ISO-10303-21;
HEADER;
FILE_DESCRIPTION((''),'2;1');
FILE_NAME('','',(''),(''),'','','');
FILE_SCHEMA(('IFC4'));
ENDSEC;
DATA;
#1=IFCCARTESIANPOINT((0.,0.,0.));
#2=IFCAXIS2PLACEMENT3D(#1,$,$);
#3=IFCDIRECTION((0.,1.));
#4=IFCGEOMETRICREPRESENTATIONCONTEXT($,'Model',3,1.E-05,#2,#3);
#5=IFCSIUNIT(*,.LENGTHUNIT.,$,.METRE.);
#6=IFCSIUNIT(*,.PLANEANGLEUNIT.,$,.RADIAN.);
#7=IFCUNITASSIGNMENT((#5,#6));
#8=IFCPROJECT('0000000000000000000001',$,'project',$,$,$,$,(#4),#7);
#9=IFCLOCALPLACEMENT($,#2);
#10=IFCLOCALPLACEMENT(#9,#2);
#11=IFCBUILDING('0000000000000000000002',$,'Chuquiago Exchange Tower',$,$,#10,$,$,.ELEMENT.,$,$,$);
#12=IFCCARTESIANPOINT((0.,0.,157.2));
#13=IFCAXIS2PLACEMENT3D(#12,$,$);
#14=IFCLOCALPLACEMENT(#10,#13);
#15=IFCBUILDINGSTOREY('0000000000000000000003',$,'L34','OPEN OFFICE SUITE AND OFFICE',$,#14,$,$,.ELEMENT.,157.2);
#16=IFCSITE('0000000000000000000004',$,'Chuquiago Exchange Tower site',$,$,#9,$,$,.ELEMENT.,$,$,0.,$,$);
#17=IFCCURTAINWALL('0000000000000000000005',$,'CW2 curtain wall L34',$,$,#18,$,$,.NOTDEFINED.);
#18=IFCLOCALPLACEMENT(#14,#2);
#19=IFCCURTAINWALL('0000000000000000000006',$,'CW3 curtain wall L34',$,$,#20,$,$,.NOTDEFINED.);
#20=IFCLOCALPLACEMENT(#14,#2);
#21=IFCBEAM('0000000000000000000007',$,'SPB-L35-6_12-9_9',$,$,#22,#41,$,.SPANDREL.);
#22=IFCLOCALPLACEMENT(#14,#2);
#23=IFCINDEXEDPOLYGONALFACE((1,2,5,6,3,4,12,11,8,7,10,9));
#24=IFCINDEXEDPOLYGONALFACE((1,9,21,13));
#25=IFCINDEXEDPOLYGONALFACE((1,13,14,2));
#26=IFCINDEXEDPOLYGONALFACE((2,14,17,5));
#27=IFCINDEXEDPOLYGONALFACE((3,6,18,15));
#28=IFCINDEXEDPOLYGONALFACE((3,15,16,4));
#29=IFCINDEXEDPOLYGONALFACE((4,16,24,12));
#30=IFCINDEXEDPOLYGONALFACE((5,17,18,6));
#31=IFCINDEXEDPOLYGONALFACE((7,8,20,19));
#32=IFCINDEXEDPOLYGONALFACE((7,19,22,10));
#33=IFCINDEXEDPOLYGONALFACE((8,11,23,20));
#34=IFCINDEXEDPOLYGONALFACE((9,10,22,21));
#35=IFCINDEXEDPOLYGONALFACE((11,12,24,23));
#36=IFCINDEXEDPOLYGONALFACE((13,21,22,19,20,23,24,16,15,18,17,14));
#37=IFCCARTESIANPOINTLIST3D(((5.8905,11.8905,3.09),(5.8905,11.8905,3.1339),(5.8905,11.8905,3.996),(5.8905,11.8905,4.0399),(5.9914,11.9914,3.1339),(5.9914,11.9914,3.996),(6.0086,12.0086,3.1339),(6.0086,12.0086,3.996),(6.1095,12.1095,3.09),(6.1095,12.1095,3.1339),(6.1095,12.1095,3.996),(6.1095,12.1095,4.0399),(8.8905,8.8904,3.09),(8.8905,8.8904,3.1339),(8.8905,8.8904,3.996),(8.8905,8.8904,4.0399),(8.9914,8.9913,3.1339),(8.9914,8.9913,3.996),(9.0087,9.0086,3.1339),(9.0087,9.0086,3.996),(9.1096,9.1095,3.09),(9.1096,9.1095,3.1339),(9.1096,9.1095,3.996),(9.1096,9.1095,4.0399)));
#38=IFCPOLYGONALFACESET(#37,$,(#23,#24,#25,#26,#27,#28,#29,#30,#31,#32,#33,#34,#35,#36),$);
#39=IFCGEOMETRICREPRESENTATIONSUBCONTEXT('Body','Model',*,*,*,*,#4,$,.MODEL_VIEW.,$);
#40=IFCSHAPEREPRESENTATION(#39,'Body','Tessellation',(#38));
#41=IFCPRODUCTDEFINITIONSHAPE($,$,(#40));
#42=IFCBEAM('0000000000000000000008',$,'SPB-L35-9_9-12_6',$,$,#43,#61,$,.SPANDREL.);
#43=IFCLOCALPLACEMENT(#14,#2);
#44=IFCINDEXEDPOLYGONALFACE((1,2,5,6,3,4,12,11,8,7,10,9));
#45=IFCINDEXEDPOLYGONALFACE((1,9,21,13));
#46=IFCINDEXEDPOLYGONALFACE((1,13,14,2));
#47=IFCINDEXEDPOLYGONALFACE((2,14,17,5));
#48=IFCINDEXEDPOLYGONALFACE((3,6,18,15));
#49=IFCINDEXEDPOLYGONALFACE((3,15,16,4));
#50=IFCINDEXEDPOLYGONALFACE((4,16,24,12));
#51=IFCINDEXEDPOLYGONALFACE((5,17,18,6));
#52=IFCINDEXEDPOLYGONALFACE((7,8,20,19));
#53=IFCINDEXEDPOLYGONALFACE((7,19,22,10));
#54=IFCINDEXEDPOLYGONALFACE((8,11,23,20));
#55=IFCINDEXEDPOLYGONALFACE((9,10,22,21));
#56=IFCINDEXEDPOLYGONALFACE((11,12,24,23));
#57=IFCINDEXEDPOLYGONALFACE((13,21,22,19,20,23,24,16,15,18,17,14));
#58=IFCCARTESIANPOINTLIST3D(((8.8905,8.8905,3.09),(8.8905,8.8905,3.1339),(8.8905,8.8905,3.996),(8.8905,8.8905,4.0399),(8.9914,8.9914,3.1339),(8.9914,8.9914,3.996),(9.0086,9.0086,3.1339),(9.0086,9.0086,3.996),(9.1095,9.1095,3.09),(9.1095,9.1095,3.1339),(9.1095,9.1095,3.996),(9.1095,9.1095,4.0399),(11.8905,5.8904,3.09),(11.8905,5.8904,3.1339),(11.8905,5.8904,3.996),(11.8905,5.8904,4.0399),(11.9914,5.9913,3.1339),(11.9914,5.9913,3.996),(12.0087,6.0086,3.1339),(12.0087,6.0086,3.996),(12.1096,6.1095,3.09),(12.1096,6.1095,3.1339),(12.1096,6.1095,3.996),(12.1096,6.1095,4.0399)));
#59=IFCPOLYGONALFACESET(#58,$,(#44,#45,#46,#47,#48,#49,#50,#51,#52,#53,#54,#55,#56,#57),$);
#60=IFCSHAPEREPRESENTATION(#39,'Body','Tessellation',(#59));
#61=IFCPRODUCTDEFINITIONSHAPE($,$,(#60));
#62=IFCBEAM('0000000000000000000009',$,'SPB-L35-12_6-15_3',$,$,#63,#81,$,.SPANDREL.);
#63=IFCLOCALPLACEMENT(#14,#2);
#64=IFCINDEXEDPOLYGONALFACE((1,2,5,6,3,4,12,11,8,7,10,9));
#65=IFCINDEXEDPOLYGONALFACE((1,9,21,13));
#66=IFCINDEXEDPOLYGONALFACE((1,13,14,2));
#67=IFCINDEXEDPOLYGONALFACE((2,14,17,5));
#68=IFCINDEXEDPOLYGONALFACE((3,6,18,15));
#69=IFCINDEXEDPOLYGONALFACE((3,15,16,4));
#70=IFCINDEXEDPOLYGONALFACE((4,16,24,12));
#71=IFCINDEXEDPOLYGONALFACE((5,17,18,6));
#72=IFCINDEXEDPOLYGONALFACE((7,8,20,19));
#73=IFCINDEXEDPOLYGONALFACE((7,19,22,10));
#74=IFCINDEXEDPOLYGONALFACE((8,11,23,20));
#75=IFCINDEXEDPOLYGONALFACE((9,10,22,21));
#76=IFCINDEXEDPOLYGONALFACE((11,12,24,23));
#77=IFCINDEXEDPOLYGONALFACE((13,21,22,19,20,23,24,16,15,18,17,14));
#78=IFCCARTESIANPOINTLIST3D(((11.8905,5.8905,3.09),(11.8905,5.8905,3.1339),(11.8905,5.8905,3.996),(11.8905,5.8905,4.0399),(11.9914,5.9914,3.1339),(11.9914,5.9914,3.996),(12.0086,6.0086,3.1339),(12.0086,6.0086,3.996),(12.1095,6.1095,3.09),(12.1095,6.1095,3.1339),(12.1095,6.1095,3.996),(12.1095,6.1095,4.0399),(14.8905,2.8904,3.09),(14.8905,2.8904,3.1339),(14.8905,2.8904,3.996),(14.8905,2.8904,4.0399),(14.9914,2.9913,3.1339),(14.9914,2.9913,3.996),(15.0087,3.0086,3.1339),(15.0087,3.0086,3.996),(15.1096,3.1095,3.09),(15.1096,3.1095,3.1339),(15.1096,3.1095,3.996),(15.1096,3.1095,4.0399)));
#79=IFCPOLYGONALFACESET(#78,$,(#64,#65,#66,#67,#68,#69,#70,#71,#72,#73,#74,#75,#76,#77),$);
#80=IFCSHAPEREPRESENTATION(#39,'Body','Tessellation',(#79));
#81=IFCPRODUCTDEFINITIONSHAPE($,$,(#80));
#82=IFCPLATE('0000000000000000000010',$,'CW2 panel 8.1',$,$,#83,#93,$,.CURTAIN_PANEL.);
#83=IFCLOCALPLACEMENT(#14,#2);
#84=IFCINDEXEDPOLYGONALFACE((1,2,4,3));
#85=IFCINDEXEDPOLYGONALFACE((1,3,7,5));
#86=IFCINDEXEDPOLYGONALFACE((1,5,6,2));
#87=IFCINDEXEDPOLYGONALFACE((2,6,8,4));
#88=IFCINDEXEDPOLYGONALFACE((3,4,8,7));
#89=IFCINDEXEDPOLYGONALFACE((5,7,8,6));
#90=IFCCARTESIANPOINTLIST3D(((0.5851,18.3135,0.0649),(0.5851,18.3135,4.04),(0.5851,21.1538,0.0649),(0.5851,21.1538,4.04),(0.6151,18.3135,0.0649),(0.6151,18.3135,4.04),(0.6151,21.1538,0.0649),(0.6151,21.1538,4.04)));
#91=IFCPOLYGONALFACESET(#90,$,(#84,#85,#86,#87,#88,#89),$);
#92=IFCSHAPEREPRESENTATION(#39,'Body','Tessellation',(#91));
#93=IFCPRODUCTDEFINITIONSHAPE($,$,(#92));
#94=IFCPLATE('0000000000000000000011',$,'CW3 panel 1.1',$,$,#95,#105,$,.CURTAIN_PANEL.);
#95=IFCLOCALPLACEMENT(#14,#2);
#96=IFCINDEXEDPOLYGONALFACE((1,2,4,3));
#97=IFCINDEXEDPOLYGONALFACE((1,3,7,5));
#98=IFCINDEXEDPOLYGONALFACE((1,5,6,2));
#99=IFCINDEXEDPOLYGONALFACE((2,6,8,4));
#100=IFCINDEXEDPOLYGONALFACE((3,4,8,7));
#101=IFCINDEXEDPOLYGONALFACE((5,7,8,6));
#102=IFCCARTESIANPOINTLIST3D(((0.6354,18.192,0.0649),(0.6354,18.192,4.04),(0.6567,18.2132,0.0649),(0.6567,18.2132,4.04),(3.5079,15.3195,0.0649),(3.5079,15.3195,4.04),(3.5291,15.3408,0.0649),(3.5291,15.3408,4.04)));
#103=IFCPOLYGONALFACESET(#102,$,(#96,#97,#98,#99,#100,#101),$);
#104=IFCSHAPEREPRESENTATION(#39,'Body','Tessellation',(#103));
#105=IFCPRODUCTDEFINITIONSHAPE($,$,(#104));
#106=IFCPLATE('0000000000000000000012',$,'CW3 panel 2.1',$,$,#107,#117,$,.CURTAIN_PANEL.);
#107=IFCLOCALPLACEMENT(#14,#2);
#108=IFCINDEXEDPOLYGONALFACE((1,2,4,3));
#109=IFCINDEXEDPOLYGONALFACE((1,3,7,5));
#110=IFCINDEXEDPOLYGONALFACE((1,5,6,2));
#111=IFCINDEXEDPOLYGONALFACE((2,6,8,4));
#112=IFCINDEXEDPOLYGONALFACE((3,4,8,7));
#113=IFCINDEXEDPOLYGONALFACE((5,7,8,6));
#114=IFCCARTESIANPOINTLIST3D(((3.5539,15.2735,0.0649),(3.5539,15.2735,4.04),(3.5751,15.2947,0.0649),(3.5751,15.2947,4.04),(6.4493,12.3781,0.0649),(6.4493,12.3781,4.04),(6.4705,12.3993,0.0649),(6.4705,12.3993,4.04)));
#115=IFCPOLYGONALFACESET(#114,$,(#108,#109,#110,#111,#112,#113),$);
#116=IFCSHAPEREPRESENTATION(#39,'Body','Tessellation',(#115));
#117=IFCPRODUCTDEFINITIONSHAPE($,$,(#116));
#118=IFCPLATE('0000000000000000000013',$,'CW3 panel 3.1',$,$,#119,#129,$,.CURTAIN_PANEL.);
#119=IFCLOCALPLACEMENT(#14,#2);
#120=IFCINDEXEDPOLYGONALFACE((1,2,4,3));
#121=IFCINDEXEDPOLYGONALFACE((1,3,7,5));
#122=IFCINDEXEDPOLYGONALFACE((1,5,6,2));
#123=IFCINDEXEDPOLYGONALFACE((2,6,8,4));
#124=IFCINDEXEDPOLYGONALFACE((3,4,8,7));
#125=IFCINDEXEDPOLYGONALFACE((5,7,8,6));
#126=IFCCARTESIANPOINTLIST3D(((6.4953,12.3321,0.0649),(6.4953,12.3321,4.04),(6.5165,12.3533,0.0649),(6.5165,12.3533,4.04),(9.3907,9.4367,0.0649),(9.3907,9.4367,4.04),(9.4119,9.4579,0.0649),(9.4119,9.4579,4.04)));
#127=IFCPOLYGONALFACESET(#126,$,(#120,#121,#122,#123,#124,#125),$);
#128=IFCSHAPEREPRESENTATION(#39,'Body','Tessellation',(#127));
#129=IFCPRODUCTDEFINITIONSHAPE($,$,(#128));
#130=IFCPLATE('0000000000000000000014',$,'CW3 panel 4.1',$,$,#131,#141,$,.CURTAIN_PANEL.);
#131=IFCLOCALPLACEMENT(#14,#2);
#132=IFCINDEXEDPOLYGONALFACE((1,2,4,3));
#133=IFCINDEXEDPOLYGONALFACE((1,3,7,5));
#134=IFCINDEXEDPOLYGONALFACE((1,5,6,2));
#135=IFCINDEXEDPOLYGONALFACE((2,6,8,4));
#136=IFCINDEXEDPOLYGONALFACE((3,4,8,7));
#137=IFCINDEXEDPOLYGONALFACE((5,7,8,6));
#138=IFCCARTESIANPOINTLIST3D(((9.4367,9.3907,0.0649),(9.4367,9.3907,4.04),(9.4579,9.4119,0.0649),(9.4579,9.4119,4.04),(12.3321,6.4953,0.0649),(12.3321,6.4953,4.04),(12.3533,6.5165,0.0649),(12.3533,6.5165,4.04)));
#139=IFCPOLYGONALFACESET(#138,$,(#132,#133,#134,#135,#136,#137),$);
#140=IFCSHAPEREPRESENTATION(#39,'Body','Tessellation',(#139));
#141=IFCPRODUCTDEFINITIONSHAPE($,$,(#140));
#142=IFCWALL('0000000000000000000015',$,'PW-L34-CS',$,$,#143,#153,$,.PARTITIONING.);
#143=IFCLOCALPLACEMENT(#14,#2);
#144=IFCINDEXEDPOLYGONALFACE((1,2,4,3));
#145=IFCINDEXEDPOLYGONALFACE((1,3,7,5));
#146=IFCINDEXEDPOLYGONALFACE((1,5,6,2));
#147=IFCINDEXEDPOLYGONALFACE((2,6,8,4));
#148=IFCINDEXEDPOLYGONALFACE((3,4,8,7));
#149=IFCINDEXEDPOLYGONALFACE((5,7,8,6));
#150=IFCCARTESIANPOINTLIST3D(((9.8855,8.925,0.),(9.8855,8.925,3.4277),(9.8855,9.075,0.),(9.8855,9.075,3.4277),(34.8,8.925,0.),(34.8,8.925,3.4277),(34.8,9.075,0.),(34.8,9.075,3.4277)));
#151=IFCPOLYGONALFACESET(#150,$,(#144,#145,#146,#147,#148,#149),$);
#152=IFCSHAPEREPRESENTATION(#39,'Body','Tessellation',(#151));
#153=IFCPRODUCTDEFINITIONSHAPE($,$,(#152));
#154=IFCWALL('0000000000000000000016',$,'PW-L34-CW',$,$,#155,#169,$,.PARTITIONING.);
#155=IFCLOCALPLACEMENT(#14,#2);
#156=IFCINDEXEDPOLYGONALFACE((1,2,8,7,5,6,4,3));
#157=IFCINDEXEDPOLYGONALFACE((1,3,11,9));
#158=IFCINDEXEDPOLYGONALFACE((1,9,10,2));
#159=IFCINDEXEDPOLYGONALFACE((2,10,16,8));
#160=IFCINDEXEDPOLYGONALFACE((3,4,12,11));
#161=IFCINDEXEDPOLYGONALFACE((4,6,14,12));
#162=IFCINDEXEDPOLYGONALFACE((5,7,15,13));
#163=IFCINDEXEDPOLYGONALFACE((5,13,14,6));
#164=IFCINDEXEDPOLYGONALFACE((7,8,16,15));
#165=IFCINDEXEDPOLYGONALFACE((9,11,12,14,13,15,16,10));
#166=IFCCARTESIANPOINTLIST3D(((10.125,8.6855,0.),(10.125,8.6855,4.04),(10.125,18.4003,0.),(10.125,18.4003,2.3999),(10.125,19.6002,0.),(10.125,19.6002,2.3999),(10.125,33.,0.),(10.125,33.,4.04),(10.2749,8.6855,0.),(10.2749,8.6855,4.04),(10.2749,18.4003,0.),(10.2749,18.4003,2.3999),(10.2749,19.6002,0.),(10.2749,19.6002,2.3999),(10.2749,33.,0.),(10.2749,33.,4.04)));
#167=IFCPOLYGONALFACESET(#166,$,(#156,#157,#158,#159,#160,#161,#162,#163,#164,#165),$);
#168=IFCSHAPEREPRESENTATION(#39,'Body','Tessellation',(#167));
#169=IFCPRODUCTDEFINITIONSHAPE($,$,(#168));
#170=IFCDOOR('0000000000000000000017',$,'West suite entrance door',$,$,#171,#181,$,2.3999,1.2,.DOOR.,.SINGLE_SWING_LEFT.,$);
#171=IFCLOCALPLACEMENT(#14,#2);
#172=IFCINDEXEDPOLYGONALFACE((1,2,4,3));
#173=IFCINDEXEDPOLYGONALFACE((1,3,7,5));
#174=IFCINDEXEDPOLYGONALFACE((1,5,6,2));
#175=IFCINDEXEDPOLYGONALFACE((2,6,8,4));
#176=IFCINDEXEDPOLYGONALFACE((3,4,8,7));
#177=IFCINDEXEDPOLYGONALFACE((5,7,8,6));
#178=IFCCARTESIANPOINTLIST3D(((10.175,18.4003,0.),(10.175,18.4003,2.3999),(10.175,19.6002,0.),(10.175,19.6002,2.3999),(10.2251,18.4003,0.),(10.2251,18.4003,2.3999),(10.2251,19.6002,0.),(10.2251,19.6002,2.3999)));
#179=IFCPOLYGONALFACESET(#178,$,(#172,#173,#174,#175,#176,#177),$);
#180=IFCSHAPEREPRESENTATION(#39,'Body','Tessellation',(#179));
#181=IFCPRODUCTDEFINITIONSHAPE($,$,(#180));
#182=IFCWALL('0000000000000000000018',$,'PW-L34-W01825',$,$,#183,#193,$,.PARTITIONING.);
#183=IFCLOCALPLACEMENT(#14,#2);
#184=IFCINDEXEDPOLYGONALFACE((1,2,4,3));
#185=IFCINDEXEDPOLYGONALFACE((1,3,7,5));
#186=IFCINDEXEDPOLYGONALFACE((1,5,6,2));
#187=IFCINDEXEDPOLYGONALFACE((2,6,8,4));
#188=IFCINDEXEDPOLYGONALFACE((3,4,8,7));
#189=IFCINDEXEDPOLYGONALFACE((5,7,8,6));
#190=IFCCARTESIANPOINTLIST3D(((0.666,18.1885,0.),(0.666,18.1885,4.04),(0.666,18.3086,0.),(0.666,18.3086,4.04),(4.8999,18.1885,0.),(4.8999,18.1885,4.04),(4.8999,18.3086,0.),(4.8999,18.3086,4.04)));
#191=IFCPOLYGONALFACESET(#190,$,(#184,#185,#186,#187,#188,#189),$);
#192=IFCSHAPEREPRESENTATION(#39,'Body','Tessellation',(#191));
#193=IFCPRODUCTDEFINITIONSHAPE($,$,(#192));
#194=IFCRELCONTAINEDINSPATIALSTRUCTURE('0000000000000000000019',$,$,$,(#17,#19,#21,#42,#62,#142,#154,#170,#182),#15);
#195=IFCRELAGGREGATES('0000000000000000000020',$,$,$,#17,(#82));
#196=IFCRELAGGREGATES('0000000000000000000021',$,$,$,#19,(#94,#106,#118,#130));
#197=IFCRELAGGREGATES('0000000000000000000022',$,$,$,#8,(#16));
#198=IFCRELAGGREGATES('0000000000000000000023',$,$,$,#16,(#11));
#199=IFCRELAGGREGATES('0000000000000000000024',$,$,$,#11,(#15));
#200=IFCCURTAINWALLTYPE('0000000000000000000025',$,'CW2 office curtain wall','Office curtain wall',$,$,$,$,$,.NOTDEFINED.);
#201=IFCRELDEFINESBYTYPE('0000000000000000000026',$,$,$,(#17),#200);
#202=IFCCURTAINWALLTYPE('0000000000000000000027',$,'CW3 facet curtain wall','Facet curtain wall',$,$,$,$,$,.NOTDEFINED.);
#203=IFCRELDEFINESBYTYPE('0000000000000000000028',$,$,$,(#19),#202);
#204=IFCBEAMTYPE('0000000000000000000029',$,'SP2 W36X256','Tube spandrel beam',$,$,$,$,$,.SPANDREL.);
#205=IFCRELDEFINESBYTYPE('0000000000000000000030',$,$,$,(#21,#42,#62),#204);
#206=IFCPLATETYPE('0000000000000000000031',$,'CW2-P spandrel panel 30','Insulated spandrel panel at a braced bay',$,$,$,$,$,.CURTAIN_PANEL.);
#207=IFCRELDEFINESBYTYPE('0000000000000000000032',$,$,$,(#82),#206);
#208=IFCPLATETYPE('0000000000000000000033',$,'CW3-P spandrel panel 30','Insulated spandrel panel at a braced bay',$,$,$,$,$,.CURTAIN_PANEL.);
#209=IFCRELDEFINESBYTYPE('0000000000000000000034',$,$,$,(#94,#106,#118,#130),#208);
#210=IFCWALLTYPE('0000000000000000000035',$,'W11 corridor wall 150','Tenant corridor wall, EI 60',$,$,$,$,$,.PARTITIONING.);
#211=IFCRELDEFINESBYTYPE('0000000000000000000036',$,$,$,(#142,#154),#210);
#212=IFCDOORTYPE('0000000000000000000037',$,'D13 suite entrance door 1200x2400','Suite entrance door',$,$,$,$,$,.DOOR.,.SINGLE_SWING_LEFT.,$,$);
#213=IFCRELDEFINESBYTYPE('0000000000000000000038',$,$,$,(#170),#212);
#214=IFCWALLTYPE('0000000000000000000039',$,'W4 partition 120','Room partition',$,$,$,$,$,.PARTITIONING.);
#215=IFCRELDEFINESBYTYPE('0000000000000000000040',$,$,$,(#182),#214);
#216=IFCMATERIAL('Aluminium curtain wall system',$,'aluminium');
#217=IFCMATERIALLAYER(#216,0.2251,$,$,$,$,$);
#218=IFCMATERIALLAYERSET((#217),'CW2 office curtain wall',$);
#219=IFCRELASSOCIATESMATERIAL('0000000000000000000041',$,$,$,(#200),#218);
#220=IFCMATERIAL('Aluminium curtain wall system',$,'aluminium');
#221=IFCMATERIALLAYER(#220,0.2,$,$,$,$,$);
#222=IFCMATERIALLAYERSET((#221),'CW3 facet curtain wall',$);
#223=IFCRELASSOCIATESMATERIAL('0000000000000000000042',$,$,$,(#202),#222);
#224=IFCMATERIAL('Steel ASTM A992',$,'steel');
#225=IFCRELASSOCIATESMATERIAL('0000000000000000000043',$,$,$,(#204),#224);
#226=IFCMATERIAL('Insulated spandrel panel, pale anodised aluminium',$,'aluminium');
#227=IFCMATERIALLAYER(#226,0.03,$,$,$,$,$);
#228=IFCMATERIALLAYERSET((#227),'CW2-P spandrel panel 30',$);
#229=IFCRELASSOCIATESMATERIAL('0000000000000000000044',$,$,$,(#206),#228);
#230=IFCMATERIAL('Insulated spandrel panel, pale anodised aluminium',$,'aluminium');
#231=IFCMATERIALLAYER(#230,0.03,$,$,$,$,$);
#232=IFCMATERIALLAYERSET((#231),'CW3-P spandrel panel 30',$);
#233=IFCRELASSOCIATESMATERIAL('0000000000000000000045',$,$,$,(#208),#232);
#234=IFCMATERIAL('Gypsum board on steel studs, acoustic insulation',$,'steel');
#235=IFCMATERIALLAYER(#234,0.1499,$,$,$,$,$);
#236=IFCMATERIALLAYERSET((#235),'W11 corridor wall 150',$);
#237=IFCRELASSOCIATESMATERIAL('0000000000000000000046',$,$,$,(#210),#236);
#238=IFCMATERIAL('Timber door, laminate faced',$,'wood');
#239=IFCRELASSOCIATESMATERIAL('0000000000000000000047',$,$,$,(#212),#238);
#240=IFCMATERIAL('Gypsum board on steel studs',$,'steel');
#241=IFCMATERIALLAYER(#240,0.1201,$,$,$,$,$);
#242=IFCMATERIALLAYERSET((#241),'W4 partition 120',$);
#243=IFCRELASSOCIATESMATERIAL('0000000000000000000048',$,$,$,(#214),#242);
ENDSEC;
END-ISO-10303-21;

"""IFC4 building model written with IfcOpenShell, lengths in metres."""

from ifc_helpers import new_model, si_unit, direction, frame, frame_2d, origin, origin_2d, place, context, subcontext, project, spatial, rectangle, i_section, extrude, material, layer, layer_set, material_profile, profile_set, type_object, element, fill, aggregate, save


model = new_model("IFC4")

# Units and contexts
model_context = context("Model", 3, precision=1e-05, world=origin(), true_north=direction((0.0, 1.0)))
body_context = subcontext(model_context, "Body", "Model", "MODEL_VIEW")
ifc_project = project(units=[si_unit("LENGTHUNIT", "METRE"), si_unit("PLANEANGLEUNIT", "RADIAN")], contexts=[model_context])

# Site, building, storey
site_placement = place(None, origin())
site = spatial("IfcSite", under=ifc_project, at=site_placement, Name="Chuquiago Exchange Tower site", CompositionType="ELEMENT", RefElevation=0.0)
building_placement = place(site_placement, origin())
building = spatial("IfcBuilding", under=site, at=building_placement, Name="Chuquiago Exchange Tower", CompositionType="ELEMENT")
storey_placement = place(building_placement, frame((0.0, 0.0, 157.2)))
storey = spatial("IfcBuildingStorey", under=building, at=storey_placement, Name="L34", Description="OPEN OFFICE SUITE AND OFFICE", CompositionType="ELEMENT", Elevation=157.2)

# Curtain wall
ifc_material_1 = material(Name="Aluminium curtain wall system", Category="aluminium")
ifc_layer_1 = layer(ifc_material_1, 0.2251)
ifc_layer_set_1 = layer_set([ifc_layer_1], Name="CW2 office curtain wall")
curtain_wall_type_1 = type_object("IfcCurtainWallType", Name="CW2 office curtain wall", Description="Office curtain wall", PredefinedType="NOTDEFINED", material=ifc_layer_set_1)
curtain_wall_1_placement = place(storey_placement, origin())
curtain_wall_1 = element("IfcCurtainWall", 1, at=curtain_wall_1_placement, inside=storey, type_object=curtain_wall_type_1, Name="CW2 curtain wall L34", PredefinedType="NOTDEFINED")

# Curtain wall
ifc_material_2 = material(Name="Aluminium curtain wall system", Category="aluminium")
ifc_layer_2 = layer(ifc_material_2, 0.2)
ifc_layer_set_2 = layer_set([ifc_layer_2], Name="CW3 facet curtain wall")
curtain_wall_type_2 = type_object("IfcCurtainWallType", Name="CW3 facet curtain wall", Description="Facet curtain wall", PredefinedType="NOTDEFINED", material=ifc_layer_set_2)
curtain_wall_2_placement = place(storey_placement, origin())
curtain_wall_2 = element("IfcCurtainWall", 2, at=curtain_wall_2_placement, inside=storey, type_object=curtain_wall_type_2, Name="CW3 curtain wall L34", PredefinedType="NOTDEFINED")

# Beams
ifc_material_3 = material(Name="Steel ASTM A992", Category="steel")
ifc_material_profile_1 = material_profile(ifc_material_3, i_section(OverallWidth=0.3098, OverallDepth=0.95, WebThickness=0.0244, FlangeThickness=0.0439, at=origin_2d()), Name="W36X256")
ifc_profile_set_1 = profile_set([ifc_material_profile_1], Name="Steel ASTM A992")
beam_type_1 = type_object("IfcBeamType", Name="SP2 W36X256", Description="Tube spandrel beam", PredefinedType="SPANDREL", material=ifc_profile_set_1)
for number, where, z_axis, x_axis, name in (
    (3, (6.0, 12.0, 3.5649), (0.707107, -0.707107, 0.0), (0.707107, 0.707107, 0.0), "SPB-L35-6_12-9_9"),
    (4, (9.0, 9.0, 3.5649), (0.707107, -0.707107, 0.0), (0.707107, 0.707107, 0.0), "SPB-L35-9_9-12_6"),
    (5, (12.0, 6.0, 3.5649), (0.707107, -0.707107, 0.0), (0.707107, 0.707107, 0.0), "SPB-L35-12_6-15_3"),
):
    element("IfcBeam", number, at=place(storey_placement, frame(where, z_axis=z_axis, x_axis=x_axis)), inside=storey, type_object=beam_type_1, Name=name, PredefinedType="SPANDREL", context=body_context, shape_type="SweptSolid", body=[
        extrude(i_section(OverallWidth=0.3098, OverallDepth=0.95, WebThickness=0.0244, FlangeThickness=0.0439, at=origin_2d()), origin(), (0.0, 0.0, 1.0), 4.2427),
    ])

# Plates
ifc_material_4 = material(Name="Insulated spandrel panel, pale anodised aluminium", Category="aluminium")
ifc_layer_3 = layer(ifc_material_4, 0.03)
ifc_layer_set_3 = layer_set([ifc_layer_3], Name="CW2-P spandrel panel 30")
plate_type_1 = type_object("IfcPlateType", Name="CW2-P spandrel panel 30", Description="Insulated spandrel panel at a braced bay", PredefinedType="CURTAIN_PANEL", material=ifc_layer_set_3)
plate_1_placement = place(storey_placement, frame((0.6001, 19.7336, 0.0649), z_axis=(0.0, 0.0, 1.0), x_axis=(0.0, -1.0, 0.0)))
plate_1 = element("IfcPlate", 6, at=plate_1_placement, type_object=plate_type_1, Name="CW2 panel 8.1", PredefinedType="CURTAIN_PANEL", context=body_context, shape_type="SweptSolid", body=[
    extrude(rectangle(XDim=2.8403, YDim=0.03, at=origin_2d()), origin(), (0.0, 0.0, 1.0), 3.9751),
])
aggregate(curtain_wall_1, [plate_1])
ifc_material_5 = material(Name="Insulated spandrel panel, pale anodised aluminium", Category="aluminium")
ifc_layer_4 = layer(ifc_material_5, 0.03)
ifc_layer_set_4 = layer_set([ifc_layer_4], Name="CW3-P spandrel panel 30")
plate_type_2 = type_object("IfcPlateType", Name="CW3-P spandrel panel 30", Description="Insulated spandrel panel at a braced bay", PredefinedType="CURTAIN_PANEL", material=ifc_layer_set_4)
plate_2_placement = place(storey_placement, frame((2.0823, 16.7664, 0.0649), z_axis=(0.0, 0.0, 1.0), x_axis=(0.707107, -0.707107, 0.0)))
plate_2 = element("IfcPlate", 7, at=plate_2_placement, type_object=plate_type_2, Name="CW3 panel 1.1", PredefinedType="CURTAIN_PANEL", context=body_context, shape_type="SweptSolid", body=[
    extrude(rectangle(XDim=4.0623, YDim=0.03, at=origin_2d()), origin(), (0.0, 0.0, 1.0), 3.9751),
])
plate_3_placement = place(storey_placement, frame((5.0122, 13.8364, 0.0649), z_axis=(0.0, 0.0, 1.0), x_axis=(0.707107, -0.707107, 0.0)))
plate_3 = element("IfcPlate", 8, at=plate_3_placement, type_object=plate_type_2, Name="CW3 panel 2.1", PredefinedType="CURTAIN_PANEL", context=body_context, shape_type="SweptSolid", body=[
    extrude(rectangle(XDim=4.0947, YDim=0.03, at=origin_2d()), origin(), (0.0, 0.0, 1.0), 3.9751),
])
plate_4_placement = place(storey_placement, frame((7.9536, 10.895, 0.0649), z_axis=(0.0, 0.0, 1.0), x_axis=(0.707107, -0.707107, 0.0)))
plate_4 = element("IfcPlate", 9, at=plate_4_placement, type_object=plate_type_2, Name="CW3 panel 3.1", PredefinedType="CURTAIN_PANEL", context=body_context, shape_type="SweptSolid", body=[
    extrude(rectangle(XDim=4.0947, YDim=0.03, at=origin_2d()), origin(), (0.0, 0.0, 1.0), 3.9751),
])
plate_5_placement = place(storey_placement, frame((10.895, 7.9536, 0.0649), z_axis=(0.0, 0.0, 1.0), x_axis=(0.707107, -0.707107, 0.0)))
plate_5 = element("IfcPlate", 10, at=plate_5_placement, type_object=plate_type_2, Name="CW3 panel 4.1", PredefinedType="CURTAIN_PANEL", context=body_context, shape_type="SweptSolid", body=[
    extrude(rectangle(XDim=4.0947, YDim=0.03, at=origin_2d()), origin(), (0.0, 0.0, 1.0), 3.9751),
])
aggregate(curtain_wall_2, [plate_2, plate_3, plate_4, plate_5])

# Wall
ifc_material_6 = material(Name="Gypsum board on steel studs, acoustic insulation", Category="steel")
ifc_layer_5 = layer(ifc_material_6, 0.1499)
ifc_layer_set_5 = layer_set([ifc_layer_5], Name="W11 corridor wall 150")
wall_type_1 = type_object("IfcWallType", Name="W11 corridor wall 150", Description="Tenant corridor wall, EI 60", PredefinedType="PARTITIONING", material=ifc_layer_set_5)
wall_1_placement = place(storey_placement, frame((9.8855, 9.0, 0.0), z_axis=(0.0, 0.0, 1.0), x_axis=(1.0, 0.0, 0.0)))
element("IfcWall", 11, at=wall_1_placement, inside=storey, type_object=wall_type_1, Name="PW-L34-CS", PredefinedType="PARTITIONING", context=body_context, shape_type="SweptSolid", body=[
    extrude(rectangle(XDim=24.9146, YDim=0.1499, at=frame_2d((12.4573, 0.0))), origin(), (0.0, 0.0, 1.0), 3.4277),
])

# Wall, opening, door
wall_2_placement = place(storey_placement, frame((10.2, 8.6855, 0.0), z_axis=(0.0, 0.0, 1.0), x_axis=(0.0, 1.0, 0.0)))
wall_2 = element("IfcWall", 12, at=wall_2_placement, inside=storey, type_object=wall_type_1, Name="PW-L34-CW", PredefinedType="PARTITIONING", context=body_context, shape_type="SweptSolid", body=[
    extrude(rectangle(XDim=24.3145, YDim=0.1499, at=frame_2d((12.1572, 0.0))), origin(), (0.0, 0.0, 1.0), 4.04),
])
opening_1_placement = place(wall_2_placement, frame((9.7146, 0.0, 0.0)))
opening_1 = element("IfcOpeningElement", 13, at=opening_1_placement, cuts=wall_2, PredefinedType="OPENING", context=body_context, shape_type="SweptSolid", body=[
    extrude(rectangle(XDim=1.2, YDim=2.3999, at=frame_2d((0.6001, 1.2))), frame((0.0, 0.085, 0.0), z_axis=(0.0, -1.0, 0.0), x_axis=(1.0, 0.0, 0.0)), (0.0, 0.0, 1.0), 0.1699),
])
ifc_material_7 = material(Name="Timber door, laminate faced", Category="wood")
door_type_1 = type_object("IfcDoorType", Name="D13 suite entrance door 1200x2400", Description="Suite entrance door", OperationType="SINGLE_SWING_LEFT", PredefinedType="DOOR", material=ifc_material_7)
door_1_placement = place(opening_1_placement, origin())
door_1 = element("IfcDoor", 14, at=door_1_placement, inside=storey, type_object=door_type_1, Name="West suite entrance door", OperationType="SINGLE_SWING_LEFT", OverallHeight=2.3999, OverallWidth=1.2, PredefinedType="DOOR", context=body_context, shape_type="SweptSolid", body=[
    extrude(rectangle(XDim=1.2, YDim=2.3999, at=frame_2d((0.6001, 1.2))), frame((0.0, 0.0249, 0.0), z_axis=(0.0, -1.0, 0.0), x_axis=(1.0, 0.0, 0.0)), (0.0, 0.0, 1.0), 0.05),
])
fill(opening_1, door_1)

# Wall
ifc_material_8 = material(Name="Gypsum board on steel studs", Category="steel")
ifc_layer_6 = layer(ifc_material_8, 0.1201)
ifc_layer_set_6 = layer_set([ifc_layer_6], Name="W4 partition 120")
wall_type_2 = type_object("IfcWallType", Name="W4 partition 120", Description="Room partition", PredefinedType="PARTITIONING", material=ifc_layer_set_6)
wall_3_placement = place(storey_placement, frame((0.666, 18.2485, 0.0), z_axis=(0.0, 0.0, 1.0), x_axis=(1.0, 0.0, 0.0)))
element("IfcWall", 15, at=wall_3_placement, inside=storey, type_object=wall_type_2, Name="PW-L34-W01825", PredefinedType="PARTITIONING", context=body_context, shape_type="SweptSolid", body=[
    extrude(rectangle(XDim=4.2339, YDim=0.1201, at=frame_2d((2.1169, 0.0))), origin(), (0.0, 0.0, 1.0), 4.04),
])

save(model, "model.ifc")
